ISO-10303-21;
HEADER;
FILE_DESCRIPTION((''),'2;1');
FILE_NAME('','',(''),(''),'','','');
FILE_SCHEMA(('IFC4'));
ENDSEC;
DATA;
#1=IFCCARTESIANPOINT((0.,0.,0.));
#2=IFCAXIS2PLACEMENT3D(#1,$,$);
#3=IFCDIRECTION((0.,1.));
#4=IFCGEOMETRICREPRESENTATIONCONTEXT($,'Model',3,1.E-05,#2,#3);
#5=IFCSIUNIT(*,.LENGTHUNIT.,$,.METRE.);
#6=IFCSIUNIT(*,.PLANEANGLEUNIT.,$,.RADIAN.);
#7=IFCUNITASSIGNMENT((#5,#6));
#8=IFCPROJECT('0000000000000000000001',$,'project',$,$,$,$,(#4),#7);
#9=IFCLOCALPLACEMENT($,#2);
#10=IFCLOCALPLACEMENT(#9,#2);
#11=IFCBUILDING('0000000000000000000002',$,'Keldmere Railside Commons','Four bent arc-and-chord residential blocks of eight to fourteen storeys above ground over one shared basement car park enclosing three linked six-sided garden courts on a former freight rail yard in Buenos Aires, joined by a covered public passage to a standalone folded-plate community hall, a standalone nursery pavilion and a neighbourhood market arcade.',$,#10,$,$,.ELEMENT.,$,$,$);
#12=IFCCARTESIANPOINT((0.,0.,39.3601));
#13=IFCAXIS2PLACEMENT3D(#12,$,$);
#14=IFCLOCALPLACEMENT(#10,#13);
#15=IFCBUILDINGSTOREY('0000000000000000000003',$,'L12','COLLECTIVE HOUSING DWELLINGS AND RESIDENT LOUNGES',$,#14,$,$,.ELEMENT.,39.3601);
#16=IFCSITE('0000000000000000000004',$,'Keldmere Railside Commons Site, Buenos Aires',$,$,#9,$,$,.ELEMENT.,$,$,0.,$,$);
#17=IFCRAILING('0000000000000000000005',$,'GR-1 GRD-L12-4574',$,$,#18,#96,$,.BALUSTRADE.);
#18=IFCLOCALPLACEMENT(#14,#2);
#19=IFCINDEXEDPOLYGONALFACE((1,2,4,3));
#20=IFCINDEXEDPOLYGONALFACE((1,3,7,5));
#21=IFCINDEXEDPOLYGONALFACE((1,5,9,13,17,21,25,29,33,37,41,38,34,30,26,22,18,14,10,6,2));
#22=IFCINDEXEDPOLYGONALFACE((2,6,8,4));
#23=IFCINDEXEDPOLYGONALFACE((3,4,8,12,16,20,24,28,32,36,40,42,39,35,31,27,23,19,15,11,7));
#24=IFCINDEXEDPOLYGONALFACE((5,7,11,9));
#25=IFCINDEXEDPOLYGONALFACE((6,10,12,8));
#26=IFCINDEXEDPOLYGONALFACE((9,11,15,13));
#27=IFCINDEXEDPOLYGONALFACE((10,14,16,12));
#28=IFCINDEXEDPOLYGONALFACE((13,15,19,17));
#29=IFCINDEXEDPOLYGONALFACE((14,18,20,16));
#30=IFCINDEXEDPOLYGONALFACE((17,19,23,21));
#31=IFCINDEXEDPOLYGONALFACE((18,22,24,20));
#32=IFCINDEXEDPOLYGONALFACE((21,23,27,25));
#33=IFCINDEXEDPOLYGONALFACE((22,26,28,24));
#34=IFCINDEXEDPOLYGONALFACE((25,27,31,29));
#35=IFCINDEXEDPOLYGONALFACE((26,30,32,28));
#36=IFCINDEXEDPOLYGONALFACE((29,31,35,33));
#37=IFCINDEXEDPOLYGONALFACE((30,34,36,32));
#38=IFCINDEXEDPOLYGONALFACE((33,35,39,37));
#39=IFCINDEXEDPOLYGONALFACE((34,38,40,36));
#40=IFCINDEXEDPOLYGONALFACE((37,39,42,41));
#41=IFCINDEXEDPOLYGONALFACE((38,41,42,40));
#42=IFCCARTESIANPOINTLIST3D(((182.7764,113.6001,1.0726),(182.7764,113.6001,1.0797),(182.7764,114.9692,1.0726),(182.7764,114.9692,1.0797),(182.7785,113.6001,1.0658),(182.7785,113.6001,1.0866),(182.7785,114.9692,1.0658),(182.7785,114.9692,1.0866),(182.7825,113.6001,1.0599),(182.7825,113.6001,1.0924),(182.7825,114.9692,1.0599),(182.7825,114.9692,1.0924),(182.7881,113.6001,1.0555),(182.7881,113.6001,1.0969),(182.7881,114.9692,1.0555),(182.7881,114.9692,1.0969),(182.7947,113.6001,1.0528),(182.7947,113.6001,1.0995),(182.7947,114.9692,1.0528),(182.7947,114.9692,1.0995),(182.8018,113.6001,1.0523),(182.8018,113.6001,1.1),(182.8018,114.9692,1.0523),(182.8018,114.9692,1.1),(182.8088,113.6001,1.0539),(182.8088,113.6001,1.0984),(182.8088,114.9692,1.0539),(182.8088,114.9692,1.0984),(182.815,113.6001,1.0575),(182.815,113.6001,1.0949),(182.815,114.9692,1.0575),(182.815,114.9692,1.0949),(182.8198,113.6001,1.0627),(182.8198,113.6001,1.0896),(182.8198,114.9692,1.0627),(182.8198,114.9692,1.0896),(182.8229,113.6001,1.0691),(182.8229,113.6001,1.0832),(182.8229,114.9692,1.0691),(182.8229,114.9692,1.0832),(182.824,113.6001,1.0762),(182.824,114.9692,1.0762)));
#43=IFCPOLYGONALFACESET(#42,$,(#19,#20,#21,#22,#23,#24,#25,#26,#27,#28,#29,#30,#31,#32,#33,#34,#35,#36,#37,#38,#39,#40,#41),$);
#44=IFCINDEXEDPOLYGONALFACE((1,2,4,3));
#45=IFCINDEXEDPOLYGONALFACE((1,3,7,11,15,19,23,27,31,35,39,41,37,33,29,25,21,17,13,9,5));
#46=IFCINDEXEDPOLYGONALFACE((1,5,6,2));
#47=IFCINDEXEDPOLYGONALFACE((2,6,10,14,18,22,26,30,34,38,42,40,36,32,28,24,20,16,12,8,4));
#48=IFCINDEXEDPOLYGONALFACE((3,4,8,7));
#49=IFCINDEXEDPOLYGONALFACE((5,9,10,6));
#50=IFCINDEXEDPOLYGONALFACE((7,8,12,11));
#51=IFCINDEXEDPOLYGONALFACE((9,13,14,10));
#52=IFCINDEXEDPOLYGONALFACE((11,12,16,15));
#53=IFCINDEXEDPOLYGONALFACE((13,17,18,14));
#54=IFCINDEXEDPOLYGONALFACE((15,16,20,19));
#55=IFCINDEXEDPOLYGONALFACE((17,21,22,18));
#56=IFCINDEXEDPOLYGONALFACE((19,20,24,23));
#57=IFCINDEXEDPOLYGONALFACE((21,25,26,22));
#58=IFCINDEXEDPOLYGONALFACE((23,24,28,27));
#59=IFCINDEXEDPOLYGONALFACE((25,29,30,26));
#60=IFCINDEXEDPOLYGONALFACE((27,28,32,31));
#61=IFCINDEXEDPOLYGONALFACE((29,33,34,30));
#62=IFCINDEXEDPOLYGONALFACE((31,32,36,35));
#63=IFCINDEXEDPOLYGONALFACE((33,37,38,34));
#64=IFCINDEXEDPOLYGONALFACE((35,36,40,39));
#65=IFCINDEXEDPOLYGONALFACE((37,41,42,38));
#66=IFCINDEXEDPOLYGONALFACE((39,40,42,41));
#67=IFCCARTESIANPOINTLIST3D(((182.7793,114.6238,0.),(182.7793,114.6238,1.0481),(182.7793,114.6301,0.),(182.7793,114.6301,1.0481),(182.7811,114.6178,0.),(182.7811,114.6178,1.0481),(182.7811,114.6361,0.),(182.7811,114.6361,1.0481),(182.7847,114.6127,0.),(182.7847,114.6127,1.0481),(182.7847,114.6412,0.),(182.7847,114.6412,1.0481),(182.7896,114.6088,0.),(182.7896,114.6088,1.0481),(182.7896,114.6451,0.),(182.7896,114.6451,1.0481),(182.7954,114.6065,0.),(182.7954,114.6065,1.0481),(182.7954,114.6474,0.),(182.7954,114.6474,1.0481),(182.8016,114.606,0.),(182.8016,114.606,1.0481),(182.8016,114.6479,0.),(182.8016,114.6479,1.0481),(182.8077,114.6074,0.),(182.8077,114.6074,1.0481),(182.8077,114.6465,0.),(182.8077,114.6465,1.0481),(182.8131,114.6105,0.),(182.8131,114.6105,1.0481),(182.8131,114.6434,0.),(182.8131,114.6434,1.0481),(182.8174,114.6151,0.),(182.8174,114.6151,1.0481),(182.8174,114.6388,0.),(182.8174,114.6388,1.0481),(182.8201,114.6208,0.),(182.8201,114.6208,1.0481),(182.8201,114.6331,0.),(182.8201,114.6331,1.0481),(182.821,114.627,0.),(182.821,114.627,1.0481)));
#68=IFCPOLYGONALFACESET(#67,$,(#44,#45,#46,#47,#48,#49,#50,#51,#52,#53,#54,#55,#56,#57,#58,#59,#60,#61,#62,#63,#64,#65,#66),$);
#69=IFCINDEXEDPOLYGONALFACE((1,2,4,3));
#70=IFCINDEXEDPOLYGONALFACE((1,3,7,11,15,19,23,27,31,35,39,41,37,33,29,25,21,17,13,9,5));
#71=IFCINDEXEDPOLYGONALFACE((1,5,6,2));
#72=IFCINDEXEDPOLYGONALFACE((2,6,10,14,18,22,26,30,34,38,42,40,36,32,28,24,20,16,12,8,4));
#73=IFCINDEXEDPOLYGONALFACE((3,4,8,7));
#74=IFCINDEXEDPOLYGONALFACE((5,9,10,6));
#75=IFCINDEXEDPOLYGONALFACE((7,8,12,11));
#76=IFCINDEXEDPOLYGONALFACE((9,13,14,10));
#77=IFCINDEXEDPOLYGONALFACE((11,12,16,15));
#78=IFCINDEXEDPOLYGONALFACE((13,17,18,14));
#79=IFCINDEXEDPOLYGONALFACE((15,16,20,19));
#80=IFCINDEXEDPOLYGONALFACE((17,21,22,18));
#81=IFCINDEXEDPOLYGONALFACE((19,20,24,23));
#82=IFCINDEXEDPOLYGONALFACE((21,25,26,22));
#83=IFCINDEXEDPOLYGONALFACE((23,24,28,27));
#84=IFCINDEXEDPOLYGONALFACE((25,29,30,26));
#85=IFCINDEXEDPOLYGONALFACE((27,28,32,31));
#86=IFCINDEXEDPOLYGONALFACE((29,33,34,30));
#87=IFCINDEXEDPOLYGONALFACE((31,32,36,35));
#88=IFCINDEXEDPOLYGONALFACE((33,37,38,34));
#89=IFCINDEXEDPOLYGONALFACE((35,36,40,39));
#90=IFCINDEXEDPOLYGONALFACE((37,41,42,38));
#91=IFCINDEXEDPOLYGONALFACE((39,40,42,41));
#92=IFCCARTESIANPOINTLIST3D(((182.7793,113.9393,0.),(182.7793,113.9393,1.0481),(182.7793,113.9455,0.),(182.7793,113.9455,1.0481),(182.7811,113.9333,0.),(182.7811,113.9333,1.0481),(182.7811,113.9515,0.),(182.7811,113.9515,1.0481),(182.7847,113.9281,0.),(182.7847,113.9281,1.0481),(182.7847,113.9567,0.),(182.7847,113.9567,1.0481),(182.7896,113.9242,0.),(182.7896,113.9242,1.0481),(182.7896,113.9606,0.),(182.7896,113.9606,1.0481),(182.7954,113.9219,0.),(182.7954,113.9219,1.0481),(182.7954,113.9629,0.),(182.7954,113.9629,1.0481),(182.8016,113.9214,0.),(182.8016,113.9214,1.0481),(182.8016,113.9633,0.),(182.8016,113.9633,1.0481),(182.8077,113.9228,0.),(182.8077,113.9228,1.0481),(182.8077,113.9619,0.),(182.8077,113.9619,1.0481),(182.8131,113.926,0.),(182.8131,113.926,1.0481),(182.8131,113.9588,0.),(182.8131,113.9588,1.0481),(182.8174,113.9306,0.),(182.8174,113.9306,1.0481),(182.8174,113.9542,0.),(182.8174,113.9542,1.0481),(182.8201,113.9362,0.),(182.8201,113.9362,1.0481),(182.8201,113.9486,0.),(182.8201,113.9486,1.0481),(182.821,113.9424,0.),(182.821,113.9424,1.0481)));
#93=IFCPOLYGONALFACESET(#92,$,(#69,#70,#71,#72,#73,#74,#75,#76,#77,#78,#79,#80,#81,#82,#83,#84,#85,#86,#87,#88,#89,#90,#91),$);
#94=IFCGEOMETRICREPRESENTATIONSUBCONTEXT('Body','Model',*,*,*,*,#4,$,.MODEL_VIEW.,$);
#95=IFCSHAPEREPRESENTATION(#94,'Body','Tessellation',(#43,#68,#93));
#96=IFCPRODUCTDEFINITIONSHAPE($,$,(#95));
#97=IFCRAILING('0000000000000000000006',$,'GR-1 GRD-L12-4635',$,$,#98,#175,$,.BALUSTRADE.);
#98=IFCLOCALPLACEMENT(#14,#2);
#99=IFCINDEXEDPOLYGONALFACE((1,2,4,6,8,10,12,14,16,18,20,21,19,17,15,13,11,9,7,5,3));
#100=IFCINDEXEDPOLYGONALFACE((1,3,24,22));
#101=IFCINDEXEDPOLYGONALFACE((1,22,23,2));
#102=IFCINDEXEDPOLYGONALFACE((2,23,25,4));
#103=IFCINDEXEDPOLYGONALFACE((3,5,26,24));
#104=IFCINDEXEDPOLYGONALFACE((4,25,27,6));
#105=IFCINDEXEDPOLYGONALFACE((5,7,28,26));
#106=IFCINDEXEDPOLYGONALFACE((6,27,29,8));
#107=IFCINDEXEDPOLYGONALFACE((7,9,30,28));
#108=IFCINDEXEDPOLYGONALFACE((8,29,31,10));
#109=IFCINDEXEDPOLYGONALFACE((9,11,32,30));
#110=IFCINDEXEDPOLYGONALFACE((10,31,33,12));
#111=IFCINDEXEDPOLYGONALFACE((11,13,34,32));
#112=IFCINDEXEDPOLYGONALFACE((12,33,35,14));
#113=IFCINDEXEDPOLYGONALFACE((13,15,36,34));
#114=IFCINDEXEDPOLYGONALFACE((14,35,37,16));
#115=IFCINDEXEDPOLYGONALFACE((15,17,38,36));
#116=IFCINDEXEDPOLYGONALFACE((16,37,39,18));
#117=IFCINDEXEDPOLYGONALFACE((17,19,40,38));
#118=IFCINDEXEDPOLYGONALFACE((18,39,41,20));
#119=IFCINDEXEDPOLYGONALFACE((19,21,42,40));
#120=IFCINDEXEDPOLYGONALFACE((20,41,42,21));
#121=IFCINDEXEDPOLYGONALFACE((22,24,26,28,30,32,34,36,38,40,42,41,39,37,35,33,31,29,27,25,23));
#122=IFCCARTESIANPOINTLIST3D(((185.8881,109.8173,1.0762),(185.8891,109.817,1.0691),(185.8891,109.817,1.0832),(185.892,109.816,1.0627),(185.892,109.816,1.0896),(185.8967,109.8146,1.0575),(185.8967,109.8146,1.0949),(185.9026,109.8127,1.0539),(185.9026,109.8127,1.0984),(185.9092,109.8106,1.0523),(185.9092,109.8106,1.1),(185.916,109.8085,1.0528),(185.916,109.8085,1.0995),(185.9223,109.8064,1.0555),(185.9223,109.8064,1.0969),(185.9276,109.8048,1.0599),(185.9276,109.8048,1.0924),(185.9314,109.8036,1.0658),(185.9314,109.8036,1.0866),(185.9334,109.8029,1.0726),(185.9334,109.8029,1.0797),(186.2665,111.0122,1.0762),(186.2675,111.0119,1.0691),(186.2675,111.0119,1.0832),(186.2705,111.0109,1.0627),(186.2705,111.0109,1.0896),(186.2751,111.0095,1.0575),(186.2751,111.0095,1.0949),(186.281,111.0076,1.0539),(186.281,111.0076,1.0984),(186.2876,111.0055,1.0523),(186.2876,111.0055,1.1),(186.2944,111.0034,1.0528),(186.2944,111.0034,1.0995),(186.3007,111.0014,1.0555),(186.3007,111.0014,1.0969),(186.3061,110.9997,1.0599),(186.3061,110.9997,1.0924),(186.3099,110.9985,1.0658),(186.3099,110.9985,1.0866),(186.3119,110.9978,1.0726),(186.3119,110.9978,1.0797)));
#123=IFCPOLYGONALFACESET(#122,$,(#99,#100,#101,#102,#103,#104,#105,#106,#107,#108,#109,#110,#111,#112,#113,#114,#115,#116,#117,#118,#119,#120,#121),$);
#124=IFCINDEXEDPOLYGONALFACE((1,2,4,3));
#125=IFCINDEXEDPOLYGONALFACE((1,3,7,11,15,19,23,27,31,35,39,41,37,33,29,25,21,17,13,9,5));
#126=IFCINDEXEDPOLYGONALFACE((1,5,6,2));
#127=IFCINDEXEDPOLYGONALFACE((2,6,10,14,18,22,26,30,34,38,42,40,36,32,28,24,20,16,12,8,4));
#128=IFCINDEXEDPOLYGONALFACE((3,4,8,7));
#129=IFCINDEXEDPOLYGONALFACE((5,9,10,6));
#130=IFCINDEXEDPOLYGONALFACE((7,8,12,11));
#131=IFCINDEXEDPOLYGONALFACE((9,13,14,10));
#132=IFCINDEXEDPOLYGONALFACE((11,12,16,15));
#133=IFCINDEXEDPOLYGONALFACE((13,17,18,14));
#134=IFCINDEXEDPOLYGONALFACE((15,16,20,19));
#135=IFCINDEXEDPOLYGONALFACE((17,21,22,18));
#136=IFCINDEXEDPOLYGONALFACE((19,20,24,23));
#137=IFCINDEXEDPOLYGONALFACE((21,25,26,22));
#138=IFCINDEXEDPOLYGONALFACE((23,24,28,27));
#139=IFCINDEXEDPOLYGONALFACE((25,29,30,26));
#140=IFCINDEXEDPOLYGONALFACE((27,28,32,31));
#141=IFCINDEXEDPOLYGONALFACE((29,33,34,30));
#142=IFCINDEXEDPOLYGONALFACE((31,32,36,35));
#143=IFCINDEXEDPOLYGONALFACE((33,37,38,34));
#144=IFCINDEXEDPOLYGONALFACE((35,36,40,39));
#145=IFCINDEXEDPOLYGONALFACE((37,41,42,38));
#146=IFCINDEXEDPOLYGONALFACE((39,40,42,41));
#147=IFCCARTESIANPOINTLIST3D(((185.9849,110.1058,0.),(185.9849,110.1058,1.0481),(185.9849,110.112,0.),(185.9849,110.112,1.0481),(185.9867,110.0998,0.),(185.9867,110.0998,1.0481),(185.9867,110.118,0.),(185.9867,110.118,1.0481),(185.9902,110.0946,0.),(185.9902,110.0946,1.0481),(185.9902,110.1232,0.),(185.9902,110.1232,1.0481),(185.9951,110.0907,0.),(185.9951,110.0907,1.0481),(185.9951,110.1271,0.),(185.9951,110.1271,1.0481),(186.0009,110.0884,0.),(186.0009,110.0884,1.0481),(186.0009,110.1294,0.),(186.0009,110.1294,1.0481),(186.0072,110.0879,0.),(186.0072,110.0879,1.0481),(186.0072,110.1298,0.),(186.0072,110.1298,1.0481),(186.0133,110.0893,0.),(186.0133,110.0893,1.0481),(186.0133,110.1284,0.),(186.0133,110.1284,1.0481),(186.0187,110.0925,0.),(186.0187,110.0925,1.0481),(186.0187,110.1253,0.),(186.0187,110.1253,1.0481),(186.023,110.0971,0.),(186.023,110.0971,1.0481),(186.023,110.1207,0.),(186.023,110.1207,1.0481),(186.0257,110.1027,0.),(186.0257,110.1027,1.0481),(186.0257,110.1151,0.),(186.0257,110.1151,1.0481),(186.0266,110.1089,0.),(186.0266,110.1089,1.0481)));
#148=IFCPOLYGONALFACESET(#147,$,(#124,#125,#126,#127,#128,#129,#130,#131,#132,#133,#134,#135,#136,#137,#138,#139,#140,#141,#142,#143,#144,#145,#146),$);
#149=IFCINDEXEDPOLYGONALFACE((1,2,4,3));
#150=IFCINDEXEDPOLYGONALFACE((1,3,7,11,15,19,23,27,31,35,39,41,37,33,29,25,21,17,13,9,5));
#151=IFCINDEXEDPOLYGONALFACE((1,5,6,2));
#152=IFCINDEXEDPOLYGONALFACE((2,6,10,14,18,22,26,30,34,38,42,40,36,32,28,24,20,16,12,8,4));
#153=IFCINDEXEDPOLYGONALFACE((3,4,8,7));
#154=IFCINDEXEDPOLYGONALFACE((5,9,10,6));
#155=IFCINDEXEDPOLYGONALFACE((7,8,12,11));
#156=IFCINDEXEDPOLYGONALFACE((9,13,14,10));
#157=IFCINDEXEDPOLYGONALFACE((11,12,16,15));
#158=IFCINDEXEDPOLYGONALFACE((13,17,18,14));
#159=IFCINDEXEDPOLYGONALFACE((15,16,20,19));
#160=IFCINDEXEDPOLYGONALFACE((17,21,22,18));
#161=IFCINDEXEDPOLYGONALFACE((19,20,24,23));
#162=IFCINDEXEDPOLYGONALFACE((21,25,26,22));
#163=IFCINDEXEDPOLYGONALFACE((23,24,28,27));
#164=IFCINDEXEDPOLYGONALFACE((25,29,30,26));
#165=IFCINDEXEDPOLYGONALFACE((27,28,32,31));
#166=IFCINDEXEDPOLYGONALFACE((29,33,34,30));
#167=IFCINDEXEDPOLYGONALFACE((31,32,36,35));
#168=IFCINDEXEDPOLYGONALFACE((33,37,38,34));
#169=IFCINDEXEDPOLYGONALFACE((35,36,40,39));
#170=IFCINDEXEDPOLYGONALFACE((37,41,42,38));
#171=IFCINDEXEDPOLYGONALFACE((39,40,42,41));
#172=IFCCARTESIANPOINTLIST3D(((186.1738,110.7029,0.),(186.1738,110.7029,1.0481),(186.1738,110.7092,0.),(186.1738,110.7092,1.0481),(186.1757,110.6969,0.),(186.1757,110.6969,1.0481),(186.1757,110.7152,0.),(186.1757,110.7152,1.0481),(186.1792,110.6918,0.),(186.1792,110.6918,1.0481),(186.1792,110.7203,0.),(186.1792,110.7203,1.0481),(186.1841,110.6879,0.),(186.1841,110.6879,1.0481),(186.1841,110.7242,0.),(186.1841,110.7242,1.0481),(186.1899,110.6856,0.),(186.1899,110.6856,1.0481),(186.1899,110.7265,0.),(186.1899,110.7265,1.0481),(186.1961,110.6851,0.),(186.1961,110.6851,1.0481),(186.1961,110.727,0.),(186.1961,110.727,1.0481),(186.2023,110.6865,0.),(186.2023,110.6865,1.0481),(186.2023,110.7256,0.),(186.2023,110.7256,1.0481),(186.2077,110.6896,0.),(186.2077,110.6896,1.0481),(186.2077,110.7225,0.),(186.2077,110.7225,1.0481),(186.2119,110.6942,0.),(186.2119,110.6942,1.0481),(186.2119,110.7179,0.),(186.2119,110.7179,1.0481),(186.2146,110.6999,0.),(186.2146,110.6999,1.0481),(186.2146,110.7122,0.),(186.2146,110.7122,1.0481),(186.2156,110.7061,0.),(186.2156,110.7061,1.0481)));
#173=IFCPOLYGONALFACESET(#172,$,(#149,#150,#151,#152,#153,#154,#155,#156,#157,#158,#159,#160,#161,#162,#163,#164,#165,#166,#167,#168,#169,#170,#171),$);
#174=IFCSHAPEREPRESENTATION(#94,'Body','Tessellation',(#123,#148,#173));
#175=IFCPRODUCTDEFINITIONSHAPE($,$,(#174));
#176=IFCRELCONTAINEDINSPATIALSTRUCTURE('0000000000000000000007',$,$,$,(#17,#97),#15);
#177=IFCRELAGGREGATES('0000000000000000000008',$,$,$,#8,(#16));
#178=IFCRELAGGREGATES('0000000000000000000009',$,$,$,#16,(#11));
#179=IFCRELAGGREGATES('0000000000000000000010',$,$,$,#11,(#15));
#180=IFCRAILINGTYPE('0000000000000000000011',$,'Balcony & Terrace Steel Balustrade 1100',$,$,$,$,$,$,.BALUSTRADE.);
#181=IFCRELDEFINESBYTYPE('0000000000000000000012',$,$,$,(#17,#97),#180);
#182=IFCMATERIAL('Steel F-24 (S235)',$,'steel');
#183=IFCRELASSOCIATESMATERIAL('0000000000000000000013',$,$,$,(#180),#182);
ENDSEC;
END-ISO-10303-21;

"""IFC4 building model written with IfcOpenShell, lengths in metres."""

from ifc_helpers import new_model, si_unit, direction, frame, origin, origin_2d, place, context, subcontext, project, spatial, circle, extrude, material, type_object, element, save


model = new_model("IFC4")

# Units and contexts
model_context = context("Model", 3, precision=1e-05, world=origin(), true_north=direction((0.0, 1.0)))
body_context = subcontext(model_context, "Body", "Model", "MODEL_VIEW")
ifc_project = project(units=[si_unit("LENGTHUNIT", "METRE"), si_unit("PLANEANGLEUNIT", "RADIAN")], contexts=[model_context])

# Site, building, storey
site_placement = place(None, origin())
site = spatial("IfcSite", under=ifc_project, at=site_placement, Name="Keldmere Railside Commons Site, Buenos Aires", CompositionType="ELEMENT", RefElevation=0.0)
building_placement = place(site_placement, origin())
building = spatial("IfcBuilding", under=site, at=building_placement, Name="Keldmere Railside Commons", Description="Four bent arc-and-chord residential blocks of eight to fourteen storeys above ground over one shared basement car park enclosing three linked six-sided garden courts on a former freight rail yard in Buenos Aires, joined by a covered public passage to a standalone folded-plate community hall, a standalone nursery pavilion and a neighbourhood market arcade.", CompositionType="ELEMENT")
storey_placement = place(building_placement, frame((0.0, 0.0, 39.3601)))
storey = spatial("IfcBuildingStorey", under=building, at=storey_placement, Name="L12", Description="COLLECTIVE HOUSING DWELLINGS AND RESIDENT LOUNGES", CompositionType="ELEMENT", Elevation=39.3601)

# Railings
ifc_material_1 = material(Name="Steel F-24 (S235)", Category="steel")
railing_type = type_object("IfcRailingType", Name="Balcony & Terrace Steel Balustrade 1100", PredefinedType="BALUSTRADE", material=ifc_material_1)
railing_1_placement = place(storey_placement, frame((182.8, 114.9692, 0.0)))
element("IfcRailing", 1, at=railing_1_placement, inside=storey, type_object=railing_type, Name="GR-1 GRD-L12-4574", PredefinedType="BALUSTRADE", context=body_context, shape_type="SweptSolid", body=[
    extrude(circle(Radius=0.0239, at=origin_2d()), frame((0.0, 0.0, 1.0762), z_axis=(0.0, -1.0, 0.0), x_axis=(1.0, 0.0, 0.0)), (0.0, 0.0, 1.0), 1.3691),
    extrude(circle(Radius=0.021, at=origin_2d()), frame((0.0, -0.3423, 0.0)), (0.0, 0.0, 1.0), 1.0481),
    extrude(circle(Radius=0.021, at=origin_2d()), frame((0.0, -1.0269, 0.0)), (0.0, 0.0, 1.0), 1.0481),
])
railing_2_placement = place(storey_placement, frame((185.9109, 109.8101, 0.0)))
element("IfcRailing", 2, at=railing_2_placement, inside=storey, type_object=railing_type, Name="GR-1 GRD-L12-4635", PredefinedType="BALUSTRADE", context=body_context, shape_type="SweptSolid", body=[
    extrude(circle(Radius=0.0239, at=origin_2d()), frame((0.0, 0.0, 1.0762), z_axis=(0.301933, 0.953329, 0.0), x_axis=(-0.953329, 0.301933, 0.0)), (0.0, 0.0, 1.0), 1.2534),
    extrude(circle(Radius=0.021, at=origin_2d()), frame((0.0947, 0.2988, 0.0)), (0.0, 0.0, 1.0), 1.0481),
    extrude(circle(Radius=0.021, at=origin_2d()), frame((0.2837, 0.896, 0.0)), (0.0, 0.0, 1.0), 1.0481),
])

save(model, "model.ifc")
